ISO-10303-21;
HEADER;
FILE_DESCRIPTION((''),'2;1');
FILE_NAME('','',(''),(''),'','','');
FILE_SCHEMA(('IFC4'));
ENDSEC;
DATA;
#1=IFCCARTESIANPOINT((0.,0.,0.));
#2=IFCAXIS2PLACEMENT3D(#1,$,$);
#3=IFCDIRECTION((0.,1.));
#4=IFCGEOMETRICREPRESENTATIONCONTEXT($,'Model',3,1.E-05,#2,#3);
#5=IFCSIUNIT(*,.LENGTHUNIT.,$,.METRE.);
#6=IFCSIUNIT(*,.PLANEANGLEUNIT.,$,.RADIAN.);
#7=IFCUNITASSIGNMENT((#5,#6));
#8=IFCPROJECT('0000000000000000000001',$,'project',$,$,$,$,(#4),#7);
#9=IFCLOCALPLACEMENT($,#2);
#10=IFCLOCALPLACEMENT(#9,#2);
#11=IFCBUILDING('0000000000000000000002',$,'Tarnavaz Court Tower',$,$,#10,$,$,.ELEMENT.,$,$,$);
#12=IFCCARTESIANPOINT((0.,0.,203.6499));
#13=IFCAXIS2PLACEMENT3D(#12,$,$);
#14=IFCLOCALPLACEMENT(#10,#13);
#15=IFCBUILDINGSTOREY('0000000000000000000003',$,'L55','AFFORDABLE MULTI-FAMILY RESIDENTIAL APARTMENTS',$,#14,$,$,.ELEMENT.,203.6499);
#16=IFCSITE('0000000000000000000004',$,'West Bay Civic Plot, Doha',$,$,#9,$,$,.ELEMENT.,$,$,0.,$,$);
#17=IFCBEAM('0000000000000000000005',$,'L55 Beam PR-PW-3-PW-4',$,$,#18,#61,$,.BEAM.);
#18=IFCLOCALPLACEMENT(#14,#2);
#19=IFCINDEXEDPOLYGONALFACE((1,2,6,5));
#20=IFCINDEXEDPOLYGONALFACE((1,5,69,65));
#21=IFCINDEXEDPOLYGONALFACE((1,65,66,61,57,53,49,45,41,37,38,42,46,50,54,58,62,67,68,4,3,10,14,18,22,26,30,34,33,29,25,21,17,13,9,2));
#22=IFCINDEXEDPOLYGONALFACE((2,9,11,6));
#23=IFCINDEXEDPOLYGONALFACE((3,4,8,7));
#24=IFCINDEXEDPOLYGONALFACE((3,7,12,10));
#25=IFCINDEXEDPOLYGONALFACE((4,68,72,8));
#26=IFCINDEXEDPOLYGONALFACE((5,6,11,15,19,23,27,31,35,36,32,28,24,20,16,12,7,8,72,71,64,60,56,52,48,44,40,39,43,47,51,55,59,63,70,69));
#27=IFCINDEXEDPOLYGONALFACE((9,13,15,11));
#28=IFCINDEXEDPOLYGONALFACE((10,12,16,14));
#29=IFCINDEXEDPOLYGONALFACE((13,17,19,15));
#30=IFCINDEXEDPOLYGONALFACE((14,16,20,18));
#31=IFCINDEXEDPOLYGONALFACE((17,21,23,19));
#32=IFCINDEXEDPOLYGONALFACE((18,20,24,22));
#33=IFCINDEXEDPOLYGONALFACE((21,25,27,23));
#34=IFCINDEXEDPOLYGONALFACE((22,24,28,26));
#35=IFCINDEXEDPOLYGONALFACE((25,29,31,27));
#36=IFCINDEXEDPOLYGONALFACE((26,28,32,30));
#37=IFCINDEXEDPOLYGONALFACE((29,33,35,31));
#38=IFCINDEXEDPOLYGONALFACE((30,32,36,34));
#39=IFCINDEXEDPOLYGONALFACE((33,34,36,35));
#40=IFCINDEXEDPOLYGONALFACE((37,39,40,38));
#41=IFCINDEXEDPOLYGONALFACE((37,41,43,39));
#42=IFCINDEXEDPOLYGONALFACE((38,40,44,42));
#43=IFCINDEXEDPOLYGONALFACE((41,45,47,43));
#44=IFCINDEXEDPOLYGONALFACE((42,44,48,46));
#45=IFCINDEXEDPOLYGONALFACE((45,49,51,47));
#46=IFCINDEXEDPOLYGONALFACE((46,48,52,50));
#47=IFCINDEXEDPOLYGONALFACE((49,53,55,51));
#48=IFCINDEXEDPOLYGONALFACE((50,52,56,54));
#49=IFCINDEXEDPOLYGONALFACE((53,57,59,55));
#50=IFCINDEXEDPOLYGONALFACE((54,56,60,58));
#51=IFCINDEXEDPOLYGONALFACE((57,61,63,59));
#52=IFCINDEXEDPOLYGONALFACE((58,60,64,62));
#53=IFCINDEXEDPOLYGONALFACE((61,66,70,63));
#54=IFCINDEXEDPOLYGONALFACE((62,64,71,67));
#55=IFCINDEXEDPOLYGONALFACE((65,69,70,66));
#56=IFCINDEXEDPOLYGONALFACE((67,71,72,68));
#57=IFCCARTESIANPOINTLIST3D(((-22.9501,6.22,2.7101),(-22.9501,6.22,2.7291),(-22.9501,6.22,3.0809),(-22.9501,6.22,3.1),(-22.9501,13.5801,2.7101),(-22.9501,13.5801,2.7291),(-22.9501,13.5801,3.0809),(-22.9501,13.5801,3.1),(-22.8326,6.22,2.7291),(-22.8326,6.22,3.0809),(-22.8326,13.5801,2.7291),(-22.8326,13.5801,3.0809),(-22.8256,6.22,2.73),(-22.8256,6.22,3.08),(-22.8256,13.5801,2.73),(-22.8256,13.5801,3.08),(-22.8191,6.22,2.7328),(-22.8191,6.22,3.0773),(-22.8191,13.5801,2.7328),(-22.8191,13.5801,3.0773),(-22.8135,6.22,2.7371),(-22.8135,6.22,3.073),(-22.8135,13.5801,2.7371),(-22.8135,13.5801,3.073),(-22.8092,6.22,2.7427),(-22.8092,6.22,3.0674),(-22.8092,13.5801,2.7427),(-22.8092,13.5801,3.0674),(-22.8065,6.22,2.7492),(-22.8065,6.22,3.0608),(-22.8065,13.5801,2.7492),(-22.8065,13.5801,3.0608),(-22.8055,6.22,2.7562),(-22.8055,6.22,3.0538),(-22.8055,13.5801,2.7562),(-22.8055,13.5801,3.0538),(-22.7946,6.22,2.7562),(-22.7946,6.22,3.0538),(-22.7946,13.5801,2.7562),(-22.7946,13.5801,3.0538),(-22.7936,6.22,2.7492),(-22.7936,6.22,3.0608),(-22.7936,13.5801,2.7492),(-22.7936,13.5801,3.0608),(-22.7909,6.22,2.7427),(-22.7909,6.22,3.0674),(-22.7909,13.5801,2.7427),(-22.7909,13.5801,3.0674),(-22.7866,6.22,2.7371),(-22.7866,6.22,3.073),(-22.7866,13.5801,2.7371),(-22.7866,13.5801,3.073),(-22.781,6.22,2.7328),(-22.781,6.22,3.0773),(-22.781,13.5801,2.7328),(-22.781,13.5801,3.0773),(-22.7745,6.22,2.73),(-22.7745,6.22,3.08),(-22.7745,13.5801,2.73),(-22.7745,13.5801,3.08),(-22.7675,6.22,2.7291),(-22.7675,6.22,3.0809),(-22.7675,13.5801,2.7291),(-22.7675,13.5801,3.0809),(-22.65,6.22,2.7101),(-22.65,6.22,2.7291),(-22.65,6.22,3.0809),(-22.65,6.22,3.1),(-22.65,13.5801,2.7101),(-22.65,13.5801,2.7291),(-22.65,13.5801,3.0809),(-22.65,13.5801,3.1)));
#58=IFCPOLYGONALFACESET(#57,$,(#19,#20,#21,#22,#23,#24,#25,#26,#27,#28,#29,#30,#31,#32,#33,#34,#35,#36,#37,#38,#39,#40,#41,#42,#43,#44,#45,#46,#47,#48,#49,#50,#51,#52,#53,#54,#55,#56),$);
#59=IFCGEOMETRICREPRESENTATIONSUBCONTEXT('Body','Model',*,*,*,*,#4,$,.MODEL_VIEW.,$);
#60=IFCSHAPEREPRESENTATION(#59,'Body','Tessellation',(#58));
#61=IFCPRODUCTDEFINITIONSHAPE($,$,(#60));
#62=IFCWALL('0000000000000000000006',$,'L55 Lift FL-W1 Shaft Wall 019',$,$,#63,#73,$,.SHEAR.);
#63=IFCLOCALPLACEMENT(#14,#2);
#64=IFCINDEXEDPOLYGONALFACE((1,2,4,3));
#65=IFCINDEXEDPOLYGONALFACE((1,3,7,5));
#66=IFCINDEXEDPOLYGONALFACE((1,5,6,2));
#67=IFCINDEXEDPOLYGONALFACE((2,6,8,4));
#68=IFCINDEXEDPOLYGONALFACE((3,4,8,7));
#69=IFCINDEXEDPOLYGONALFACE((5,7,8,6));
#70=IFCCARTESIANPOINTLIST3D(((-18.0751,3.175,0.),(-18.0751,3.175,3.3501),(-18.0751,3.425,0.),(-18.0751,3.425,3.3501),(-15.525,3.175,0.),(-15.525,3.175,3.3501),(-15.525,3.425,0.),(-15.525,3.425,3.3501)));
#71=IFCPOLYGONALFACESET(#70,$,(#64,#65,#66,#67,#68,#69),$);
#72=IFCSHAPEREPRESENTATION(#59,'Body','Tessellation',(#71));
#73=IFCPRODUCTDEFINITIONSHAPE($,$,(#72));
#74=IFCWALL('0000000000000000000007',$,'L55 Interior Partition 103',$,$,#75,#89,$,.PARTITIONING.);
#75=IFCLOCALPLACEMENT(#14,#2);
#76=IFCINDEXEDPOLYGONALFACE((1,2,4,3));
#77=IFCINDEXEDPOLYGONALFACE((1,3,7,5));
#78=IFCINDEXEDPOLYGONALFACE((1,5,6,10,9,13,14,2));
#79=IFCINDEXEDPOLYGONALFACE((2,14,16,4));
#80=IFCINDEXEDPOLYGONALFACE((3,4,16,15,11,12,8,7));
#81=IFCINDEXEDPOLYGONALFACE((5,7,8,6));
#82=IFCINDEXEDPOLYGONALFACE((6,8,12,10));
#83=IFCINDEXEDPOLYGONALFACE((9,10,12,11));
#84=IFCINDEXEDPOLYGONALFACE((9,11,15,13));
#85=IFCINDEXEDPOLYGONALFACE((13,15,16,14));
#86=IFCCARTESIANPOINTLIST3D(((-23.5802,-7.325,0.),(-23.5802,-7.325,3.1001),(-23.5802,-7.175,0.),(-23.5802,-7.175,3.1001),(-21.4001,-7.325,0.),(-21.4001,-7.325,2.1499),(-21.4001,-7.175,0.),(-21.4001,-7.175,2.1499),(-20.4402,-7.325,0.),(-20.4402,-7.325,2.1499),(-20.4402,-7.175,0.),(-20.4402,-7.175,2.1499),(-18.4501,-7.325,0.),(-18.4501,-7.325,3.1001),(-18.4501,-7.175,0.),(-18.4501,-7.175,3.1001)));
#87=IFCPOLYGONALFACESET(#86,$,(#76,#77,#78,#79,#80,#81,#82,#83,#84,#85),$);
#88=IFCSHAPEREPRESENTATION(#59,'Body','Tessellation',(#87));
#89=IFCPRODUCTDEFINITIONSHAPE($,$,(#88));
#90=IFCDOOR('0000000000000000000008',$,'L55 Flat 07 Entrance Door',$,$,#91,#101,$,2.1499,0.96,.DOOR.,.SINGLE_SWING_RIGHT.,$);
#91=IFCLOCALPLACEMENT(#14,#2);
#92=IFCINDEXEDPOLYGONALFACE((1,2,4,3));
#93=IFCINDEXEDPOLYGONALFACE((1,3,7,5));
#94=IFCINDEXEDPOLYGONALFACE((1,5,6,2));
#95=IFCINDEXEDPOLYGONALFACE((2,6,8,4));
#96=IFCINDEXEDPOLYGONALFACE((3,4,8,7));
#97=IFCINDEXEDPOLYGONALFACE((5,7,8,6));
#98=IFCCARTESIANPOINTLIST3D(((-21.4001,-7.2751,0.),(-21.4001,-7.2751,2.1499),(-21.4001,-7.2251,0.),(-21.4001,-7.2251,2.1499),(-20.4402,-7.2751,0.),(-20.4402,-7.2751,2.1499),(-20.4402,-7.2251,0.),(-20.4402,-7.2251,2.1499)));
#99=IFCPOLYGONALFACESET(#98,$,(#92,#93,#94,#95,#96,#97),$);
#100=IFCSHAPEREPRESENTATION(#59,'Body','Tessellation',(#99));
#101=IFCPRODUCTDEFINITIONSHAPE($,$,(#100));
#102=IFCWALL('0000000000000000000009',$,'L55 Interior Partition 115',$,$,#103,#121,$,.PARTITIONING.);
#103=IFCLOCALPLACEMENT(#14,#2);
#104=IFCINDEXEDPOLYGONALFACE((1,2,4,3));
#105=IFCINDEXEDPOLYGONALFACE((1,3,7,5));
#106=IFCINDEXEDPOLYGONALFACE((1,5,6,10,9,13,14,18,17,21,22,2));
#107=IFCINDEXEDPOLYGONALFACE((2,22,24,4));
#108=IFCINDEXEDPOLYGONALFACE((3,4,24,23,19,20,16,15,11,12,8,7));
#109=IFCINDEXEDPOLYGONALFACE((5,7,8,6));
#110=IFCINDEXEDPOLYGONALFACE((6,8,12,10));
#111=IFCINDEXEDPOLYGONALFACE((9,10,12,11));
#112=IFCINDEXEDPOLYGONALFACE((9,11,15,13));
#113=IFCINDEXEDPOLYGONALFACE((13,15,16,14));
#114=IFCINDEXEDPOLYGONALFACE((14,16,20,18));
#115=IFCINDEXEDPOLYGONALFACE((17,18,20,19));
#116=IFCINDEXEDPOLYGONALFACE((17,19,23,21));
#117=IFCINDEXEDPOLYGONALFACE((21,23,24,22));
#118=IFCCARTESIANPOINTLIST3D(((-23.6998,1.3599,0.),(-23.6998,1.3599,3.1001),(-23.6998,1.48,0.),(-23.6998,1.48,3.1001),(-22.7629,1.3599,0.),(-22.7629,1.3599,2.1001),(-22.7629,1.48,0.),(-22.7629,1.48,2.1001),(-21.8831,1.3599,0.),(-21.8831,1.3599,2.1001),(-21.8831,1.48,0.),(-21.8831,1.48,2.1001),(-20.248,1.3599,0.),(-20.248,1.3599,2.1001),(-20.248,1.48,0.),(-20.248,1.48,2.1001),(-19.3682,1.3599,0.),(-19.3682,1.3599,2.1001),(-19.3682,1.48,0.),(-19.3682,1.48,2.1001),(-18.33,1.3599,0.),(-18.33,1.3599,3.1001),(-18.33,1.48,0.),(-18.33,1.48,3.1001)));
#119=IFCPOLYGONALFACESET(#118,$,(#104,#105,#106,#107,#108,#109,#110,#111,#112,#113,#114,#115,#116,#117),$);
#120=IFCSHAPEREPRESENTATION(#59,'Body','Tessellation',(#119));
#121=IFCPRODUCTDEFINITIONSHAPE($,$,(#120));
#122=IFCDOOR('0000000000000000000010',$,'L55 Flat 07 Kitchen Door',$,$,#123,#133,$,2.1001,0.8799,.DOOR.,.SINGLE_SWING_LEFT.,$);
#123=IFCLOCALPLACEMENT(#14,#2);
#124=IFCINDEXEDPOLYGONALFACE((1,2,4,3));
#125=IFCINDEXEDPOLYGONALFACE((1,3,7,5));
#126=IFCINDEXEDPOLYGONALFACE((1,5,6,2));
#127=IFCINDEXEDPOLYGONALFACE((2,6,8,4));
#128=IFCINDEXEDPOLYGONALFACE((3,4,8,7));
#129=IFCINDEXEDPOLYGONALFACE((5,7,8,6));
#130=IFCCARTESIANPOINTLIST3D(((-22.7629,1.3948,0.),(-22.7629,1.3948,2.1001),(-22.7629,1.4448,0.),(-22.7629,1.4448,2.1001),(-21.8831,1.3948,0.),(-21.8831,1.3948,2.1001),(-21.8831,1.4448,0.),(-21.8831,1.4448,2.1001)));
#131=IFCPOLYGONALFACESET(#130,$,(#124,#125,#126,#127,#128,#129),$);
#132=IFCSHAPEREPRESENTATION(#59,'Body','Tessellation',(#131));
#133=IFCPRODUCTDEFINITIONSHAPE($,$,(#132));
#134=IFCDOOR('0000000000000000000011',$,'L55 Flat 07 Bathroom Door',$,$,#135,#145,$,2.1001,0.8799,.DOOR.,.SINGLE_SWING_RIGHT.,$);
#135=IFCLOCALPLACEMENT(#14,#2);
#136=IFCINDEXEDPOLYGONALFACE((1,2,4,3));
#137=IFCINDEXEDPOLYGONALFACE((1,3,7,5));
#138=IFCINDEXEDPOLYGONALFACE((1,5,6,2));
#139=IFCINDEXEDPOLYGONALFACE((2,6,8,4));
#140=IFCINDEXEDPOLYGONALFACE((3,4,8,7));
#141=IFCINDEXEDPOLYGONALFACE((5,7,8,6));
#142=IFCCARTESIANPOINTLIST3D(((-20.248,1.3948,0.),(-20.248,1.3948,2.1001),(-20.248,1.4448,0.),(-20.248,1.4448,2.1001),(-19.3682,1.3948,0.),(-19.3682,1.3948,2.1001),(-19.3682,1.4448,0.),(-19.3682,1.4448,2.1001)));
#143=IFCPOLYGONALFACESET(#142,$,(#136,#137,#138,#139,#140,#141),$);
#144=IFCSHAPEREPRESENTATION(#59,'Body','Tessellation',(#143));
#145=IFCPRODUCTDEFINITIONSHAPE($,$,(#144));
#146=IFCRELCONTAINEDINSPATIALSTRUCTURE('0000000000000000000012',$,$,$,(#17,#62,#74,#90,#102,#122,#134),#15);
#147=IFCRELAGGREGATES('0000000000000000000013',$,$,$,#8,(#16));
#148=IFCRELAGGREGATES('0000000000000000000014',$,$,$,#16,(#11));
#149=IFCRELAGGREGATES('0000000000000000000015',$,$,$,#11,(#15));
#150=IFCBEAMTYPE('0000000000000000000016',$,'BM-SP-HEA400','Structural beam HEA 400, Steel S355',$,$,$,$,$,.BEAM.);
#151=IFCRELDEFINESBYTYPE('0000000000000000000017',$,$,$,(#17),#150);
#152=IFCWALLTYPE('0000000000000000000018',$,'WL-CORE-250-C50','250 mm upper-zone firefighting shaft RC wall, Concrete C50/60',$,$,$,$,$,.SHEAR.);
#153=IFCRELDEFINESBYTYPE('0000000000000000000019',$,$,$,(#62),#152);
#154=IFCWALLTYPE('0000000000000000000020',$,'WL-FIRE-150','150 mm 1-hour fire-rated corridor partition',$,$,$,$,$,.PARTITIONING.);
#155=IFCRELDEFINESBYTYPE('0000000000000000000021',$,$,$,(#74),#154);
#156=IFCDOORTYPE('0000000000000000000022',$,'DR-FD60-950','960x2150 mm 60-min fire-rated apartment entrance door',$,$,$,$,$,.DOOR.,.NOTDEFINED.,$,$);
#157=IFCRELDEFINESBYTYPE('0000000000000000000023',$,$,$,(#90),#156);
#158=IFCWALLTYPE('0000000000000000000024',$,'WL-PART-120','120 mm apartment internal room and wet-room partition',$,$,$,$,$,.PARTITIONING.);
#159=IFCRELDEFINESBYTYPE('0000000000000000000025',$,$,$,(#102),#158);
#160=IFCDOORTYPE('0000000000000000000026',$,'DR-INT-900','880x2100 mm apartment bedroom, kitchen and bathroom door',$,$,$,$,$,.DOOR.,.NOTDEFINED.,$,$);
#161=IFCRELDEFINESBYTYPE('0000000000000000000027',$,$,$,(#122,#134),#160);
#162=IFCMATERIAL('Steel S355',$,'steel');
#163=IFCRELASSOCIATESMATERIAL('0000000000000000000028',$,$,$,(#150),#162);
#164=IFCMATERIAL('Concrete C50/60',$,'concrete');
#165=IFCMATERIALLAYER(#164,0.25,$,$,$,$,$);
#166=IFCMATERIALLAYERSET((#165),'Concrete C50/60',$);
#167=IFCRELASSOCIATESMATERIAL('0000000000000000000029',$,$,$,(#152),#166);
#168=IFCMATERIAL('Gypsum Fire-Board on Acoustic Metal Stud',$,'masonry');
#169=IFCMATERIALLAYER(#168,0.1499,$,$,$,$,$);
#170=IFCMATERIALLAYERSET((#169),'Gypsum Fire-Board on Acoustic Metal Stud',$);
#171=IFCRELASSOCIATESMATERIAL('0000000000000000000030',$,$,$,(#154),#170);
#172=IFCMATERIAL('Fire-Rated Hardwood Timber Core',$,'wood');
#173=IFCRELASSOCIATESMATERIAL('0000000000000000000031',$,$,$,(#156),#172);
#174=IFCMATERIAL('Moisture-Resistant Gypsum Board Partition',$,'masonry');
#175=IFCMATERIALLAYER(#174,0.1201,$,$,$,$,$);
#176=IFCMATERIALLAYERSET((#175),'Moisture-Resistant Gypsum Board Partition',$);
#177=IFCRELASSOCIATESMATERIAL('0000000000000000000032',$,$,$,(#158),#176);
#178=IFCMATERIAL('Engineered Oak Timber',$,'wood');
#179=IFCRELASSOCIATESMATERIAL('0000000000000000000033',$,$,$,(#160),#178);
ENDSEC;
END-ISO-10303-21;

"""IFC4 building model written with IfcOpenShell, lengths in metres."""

from ifc_helpers import new_model, si_unit, direction, frame, frame_2d, origin, origin_2d, place, context, subcontext, project, spatial, rectangle, i_section, extrude, material, layer, layer_set, material_profile, profile_set, type_object, element, fill, save


model = new_model("IFC4")

# Units and contexts
model_context = context("Model", 3, precision=1e-05, world=origin(), true_north=direction((0.0, 1.0)))
body_context = subcontext(model_context, "Body", "Model", "MODEL_VIEW")
ifc_project = project(units=[si_unit("LENGTHUNIT", "METRE"), si_unit("PLANEANGLEUNIT", "RADIAN")], contexts=[model_context])

# Site, building, storey
site_placement = place(None, origin())
site = spatial("IfcSite", under=ifc_project, at=site_placement, Name="West Bay Civic Plot, Doha", CompositionType="ELEMENT", RefElevation=0.0)
building_placement = place(site_placement, origin())
building = spatial("IfcBuilding", under=site, at=building_placement, Name="Tarnavaz Court Tower", CompositionType="ELEMENT")
storey_placement = place(building_placement, frame((0.0, 0.0, 203.6499)))
storey = spatial("IfcBuildingStorey", under=building, at=storey_placement, Name="L55", Description="AFFORDABLE MULTI-FAMILY RESIDENTIAL APARTMENTS", CompositionType="ELEMENT", Elevation=203.6499)

# Shared definitions
ifc_material_1 = material(Name="Concrete C50/60", Category="concrete")

# Beam
ifc_material_2 = material(Name="Steel S355", Category="steel")
ifc_material_profile_1 = material_profile(ifc_material_2, i_section(OverallWidth=0.3, OverallDepth=0.3899, WebThickness=0.011, FlangeThickness=0.019, FilletRadius=0.0271, at=origin_2d()), Name="HEA 400")
ifc_profile_set_1 = profile_set([ifc_material_profile_1], Name="Steel S355")
beam_type_1 = type_object("IfcBeamType", Name="BM-SP-HEA400", Description="Structural beam HEA 400, Steel S355", PredefinedType="BEAM", material=ifc_profile_set_1)
beam_1_placement = place(storey_placement, frame((-22.8, 6.22, 2.905), z_axis=(0.0, 1.0, 0.0), x_axis=(-1.0, 0.0, 0.0)))
element("IfcBeam", 1, at=beam_1_placement, inside=storey, type_object=beam_type_1, Name="L55 Beam PR-PW-3-PW-4", PredefinedType="BEAM", context=body_context, shape_type="SweptSolid", body=[
    extrude(i_section(OverallWidth=0.3, OverallDepth=0.3899, WebThickness=0.011, FlangeThickness=0.019, FilletRadius=0.0271, at=origin_2d()), origin(), (0.0, 0.0, 1.0), 7.3601),
])

# Wall
ifc_layer_1 = layer(ifc_material_1, 0.25)
ifc_layer_set_1 = layer_set([ifc_layer_1], Name="Concrete C50/60")
wall_type_1 = type_object("IfcWallType", Name="WL-CORE-250-C50", Description="250 mm upper-zone firefighting shaft RC wall, Concrete C50/60", PredefinedType="SHEAR", material=ifc_layer_set_1)
wall_1_placement = place(storey_placement, frame((-18.075, 3.3, 0.0), z_axis=(0.0, 0.0, 1.0), x_axis=(1.0, 0.0, 0.0)))
element("IfcWall", 2, at=wall_1_placement, inside=storey, type_object=wall_type_1, Name="L55 Lift FL-W1 Shaft Wall 019", PredefinedType="SHEAR", context=body_context, shape_type="SweptSolid", body=[
    extrude(rectangle(XDim=2.55, YDim=0.25, at=frame_2d((1.2749, 0.0))), origin(), (0.0, 0.0, 1.0), 3.3501),
])

# Wall, opening, door
ifc_material_3 = material(Name="Fire-Rated Hardwood Timber Core", Category="wood")
ifc_material_4 = material(Name="Gypsum Fire-Board on Acoustic Metal Stud", Category="masonry")
ifc_layer_2 = layer(ifc_material_4, 0.1499)
ifc_layer_set_2 = layer_set([ifc_layer_2], Name="Gypsum Fire-Board on Acoustic Metal Stud")
wall_type_2 = type_object("IfcWallType", Name="WL-FIRE-150", Description="150 mm 1-hour fire-rated corridor partition", PredefinedType="PARTITIONING", material=ifc_layer_set_2)
wall_2_placement = place(storey_placement, frame((-23.5801, -7.25, 0.0), z_axis=(0.0, 0.0, 1.0), x_axis=(1.0, 0.0, 0.0)))
wall_2 = element("IfcWall", 3, at=wall_2_placement, inside=storey, type_object=wall_type_2, Name="L55 Interior Partition 103", PredefinedType="PARTITIONING", context=body_context, shape_type="SweptSolid", body=[
    extrude(rectangle(XDim=5.1301, YDim=0.1499, at=frame_2d((2.5649, 0.0))), origin(), (0.0, 0.0, 1.0), 3.1001),
])
opening_1_placement = place(wall_2_placement, frame((2.1799, 0.0, 0.0)))
opening_1 = element("IfcOpeningElement", 4, at=opening_1_placement, cuts=wall_2, PredefinedType="OPENING", context=body_context, shape_type="SweptSolid", body=[
    extrude(rectangle(XDim=0.96, YDim=2.1499, at=frame_2d((0.48, 1.075))), frame((0.0, 0.085, 0.0), z_axis=(0.0, -1.0, 0.0), x_axis=(1.0, 0.0, 0.0)), (0.0, 0.0, 1.0), 0.1699),
])
door_type_1 = type_object("IfcDoorType", Name="DR-FD60-950", Description="960x2150 mm 60-min fire-rated apartment entrance door", OperationType="NOTDEFINED", PredefinedType="DOOR", material=ifc_material_3)
door_1_placement = place(opening_1_placement, origin())
door_1 = element("IfcDoor", 5, at=door_1_placement, inside=storey, type_object=door_type_1, Name="L55 Flat 07 Entrance Door", OperationType="SINGLE_SWING_RIGHT", OverallHeight=2.1499, OverallWidth=0.96, PredefinedType="DOOR", context=body_context, shape_type="SweptSolid", body=[
    extrude(rectangle(XDim=0.96, YDim=2.1499, at=frame_2d((0.48, 1.075))), frame((0.0, 0.0249, 0.0), z_axis=(0.0, -1.0, 0.0), x_axis=(1.0, 0.0, 0.0)), (0.0, 0.0, 1.0), 0.05),
])
fill(opening_1, door_1)

# Wall, openings, doors
ifc_material_5 = material(Name="Moisture-Resistant Gypsum Board Partition", Category="masonry")
ifc_layer_3 = layer(ifc_material_5, 0.1201)
ifc_layer_set_3 = layer_set([ifc_layer_3], Name="Moisture-Resistant Gypsum Board Partition")
wall_type_3 = type_object("IfcWallType", Name="WL-PART-120", Description="120 mm apartment internal room and wet-room partition", PredefinedType="PARTITIONING", material=ifc_layer_set_3)
wall_3_placement = place(storey_placement, frame((-23.7, 1.4199, 0.0), z_axis=(0.0, 0.0, 1.0), x_axis=(1.0, 0.0, 0.0)))
wall_3 = element("IfcWall", 6, at=wall_3_placement, inside=storey, type_object=wall_type_3, Name="L55 Interior Partition 115", PredefinedType="PARTITIONING", context=body_context, shape_type="SweptSolid", body=[
    extrude(rectangle(XDim=5.3699, YDim=0.1201, at=frame_2d((2.6851, 0.0))), origin(), (0.0, 0.0, 1.0), 3.1001),
])
opening_2_placement = place(wall_3_placement, frame((0.937, 0.0, 0.0)))
opening_2 = element("IfcOpeningElement", 7, at=opening_2_placement, cuts=wall_3, PredefinedType="OPENING", context=body_context, shape_type="SweptSolid", body=[
    extrude(rectangle(XDim=0.8799, YDim=2.1001, at=frame_2d((0.4399, 1.05))), frame((0.0, 0.0701, 0.0), z_axis=(0.0, -1.0, 0.0), x_axis=(1.0, 0.0, 0.0)), (0.0, 0.0, 1.0), 0.1401),
])
opening_3_placement = place(wall_3_placement, frame((3.4519, 0.0, 0.0)))
opening_3 = element("IfcOpeningElement", 8, at=opening_3_placement, cuts=wall_3, PredefinedType="OPENING", context=body_context, shape_type="SweptSolid", body=[
    extrude(rectangle(XDim=0.8799, YDim=2.1001, at=frame_2d((0.4399, 1.05))), frame((0.0, 0.0701, 0.0), z_axis=(0.0, -1.0, 0.0), x_axis=(1.0, 0.0, 0.0)), (0.0, 0.0, 1.0), 0.1401),
])
ifc_material_6 = material(Name="Engineered Oak Timber", Category="wood")
door_type_2 = type_object("IfcDoorType", Name="DR-INT-900", Description="880x2100 mm apartment bedroom, kitchen and bathroom door", OperationType="NOTDEFINED", PredefinedType="DOOR", material=ifc_material_6)
door_2_placement = place(opening_2_placement, origin())
door_2 = element("IfcDoor", 9, at=door_2_placement, inside=storey, type_object=door_type_2, Name="L55 Flat 07 Kitchen Door", OperationType="SINGLE_SWING_LEFT", OverallHeight=2.1001, OverallWidth=0.8799, PredefinedType="DOOR", context=body_context, shape_type="SweptSolid", body=[
    extrude(rectangle(XDim=0.8799, YDim=2.1001, at=frame_2d((0.4399, 1.05))), frame((0.0, 0.0249, 0.0), z_axis=(0.0, -1.0, 0.0), x_axis=(1.0, 0.0, 0.0)), (0.0, 0.0, 1.0), 0.05),
])
fill(opening_2, door_2)
door_3_placement = place(opening_3_placement, origin())
door_3 = element("IfcDoor", 10, at=door_3_placement, inside=storey, type_object=door_type_2, Name="L55 Flat 07 Bathroom Door", OperationType="SINGLE_SWING_RIGHT", OverallHeight=2.1001, OverallWidth=0.8799, PredefinedType="DOOR", context=body_context, shape_type="SweptSolid", body=[
    extrude(rectangle(XDim=0.8799, YDim=2.1001, at=frame_2d((0.4399, 1.05))), frame((0.0, 0.0249, 0.0), z_axis=(0.0, -1.0, 0.0), x_axis=(1.0, 0.0, 0.0)), (0.0, 0.0, 1.0), 0.05),
])
fill(opening_3, door_3)

save(model, "model.ifc")
